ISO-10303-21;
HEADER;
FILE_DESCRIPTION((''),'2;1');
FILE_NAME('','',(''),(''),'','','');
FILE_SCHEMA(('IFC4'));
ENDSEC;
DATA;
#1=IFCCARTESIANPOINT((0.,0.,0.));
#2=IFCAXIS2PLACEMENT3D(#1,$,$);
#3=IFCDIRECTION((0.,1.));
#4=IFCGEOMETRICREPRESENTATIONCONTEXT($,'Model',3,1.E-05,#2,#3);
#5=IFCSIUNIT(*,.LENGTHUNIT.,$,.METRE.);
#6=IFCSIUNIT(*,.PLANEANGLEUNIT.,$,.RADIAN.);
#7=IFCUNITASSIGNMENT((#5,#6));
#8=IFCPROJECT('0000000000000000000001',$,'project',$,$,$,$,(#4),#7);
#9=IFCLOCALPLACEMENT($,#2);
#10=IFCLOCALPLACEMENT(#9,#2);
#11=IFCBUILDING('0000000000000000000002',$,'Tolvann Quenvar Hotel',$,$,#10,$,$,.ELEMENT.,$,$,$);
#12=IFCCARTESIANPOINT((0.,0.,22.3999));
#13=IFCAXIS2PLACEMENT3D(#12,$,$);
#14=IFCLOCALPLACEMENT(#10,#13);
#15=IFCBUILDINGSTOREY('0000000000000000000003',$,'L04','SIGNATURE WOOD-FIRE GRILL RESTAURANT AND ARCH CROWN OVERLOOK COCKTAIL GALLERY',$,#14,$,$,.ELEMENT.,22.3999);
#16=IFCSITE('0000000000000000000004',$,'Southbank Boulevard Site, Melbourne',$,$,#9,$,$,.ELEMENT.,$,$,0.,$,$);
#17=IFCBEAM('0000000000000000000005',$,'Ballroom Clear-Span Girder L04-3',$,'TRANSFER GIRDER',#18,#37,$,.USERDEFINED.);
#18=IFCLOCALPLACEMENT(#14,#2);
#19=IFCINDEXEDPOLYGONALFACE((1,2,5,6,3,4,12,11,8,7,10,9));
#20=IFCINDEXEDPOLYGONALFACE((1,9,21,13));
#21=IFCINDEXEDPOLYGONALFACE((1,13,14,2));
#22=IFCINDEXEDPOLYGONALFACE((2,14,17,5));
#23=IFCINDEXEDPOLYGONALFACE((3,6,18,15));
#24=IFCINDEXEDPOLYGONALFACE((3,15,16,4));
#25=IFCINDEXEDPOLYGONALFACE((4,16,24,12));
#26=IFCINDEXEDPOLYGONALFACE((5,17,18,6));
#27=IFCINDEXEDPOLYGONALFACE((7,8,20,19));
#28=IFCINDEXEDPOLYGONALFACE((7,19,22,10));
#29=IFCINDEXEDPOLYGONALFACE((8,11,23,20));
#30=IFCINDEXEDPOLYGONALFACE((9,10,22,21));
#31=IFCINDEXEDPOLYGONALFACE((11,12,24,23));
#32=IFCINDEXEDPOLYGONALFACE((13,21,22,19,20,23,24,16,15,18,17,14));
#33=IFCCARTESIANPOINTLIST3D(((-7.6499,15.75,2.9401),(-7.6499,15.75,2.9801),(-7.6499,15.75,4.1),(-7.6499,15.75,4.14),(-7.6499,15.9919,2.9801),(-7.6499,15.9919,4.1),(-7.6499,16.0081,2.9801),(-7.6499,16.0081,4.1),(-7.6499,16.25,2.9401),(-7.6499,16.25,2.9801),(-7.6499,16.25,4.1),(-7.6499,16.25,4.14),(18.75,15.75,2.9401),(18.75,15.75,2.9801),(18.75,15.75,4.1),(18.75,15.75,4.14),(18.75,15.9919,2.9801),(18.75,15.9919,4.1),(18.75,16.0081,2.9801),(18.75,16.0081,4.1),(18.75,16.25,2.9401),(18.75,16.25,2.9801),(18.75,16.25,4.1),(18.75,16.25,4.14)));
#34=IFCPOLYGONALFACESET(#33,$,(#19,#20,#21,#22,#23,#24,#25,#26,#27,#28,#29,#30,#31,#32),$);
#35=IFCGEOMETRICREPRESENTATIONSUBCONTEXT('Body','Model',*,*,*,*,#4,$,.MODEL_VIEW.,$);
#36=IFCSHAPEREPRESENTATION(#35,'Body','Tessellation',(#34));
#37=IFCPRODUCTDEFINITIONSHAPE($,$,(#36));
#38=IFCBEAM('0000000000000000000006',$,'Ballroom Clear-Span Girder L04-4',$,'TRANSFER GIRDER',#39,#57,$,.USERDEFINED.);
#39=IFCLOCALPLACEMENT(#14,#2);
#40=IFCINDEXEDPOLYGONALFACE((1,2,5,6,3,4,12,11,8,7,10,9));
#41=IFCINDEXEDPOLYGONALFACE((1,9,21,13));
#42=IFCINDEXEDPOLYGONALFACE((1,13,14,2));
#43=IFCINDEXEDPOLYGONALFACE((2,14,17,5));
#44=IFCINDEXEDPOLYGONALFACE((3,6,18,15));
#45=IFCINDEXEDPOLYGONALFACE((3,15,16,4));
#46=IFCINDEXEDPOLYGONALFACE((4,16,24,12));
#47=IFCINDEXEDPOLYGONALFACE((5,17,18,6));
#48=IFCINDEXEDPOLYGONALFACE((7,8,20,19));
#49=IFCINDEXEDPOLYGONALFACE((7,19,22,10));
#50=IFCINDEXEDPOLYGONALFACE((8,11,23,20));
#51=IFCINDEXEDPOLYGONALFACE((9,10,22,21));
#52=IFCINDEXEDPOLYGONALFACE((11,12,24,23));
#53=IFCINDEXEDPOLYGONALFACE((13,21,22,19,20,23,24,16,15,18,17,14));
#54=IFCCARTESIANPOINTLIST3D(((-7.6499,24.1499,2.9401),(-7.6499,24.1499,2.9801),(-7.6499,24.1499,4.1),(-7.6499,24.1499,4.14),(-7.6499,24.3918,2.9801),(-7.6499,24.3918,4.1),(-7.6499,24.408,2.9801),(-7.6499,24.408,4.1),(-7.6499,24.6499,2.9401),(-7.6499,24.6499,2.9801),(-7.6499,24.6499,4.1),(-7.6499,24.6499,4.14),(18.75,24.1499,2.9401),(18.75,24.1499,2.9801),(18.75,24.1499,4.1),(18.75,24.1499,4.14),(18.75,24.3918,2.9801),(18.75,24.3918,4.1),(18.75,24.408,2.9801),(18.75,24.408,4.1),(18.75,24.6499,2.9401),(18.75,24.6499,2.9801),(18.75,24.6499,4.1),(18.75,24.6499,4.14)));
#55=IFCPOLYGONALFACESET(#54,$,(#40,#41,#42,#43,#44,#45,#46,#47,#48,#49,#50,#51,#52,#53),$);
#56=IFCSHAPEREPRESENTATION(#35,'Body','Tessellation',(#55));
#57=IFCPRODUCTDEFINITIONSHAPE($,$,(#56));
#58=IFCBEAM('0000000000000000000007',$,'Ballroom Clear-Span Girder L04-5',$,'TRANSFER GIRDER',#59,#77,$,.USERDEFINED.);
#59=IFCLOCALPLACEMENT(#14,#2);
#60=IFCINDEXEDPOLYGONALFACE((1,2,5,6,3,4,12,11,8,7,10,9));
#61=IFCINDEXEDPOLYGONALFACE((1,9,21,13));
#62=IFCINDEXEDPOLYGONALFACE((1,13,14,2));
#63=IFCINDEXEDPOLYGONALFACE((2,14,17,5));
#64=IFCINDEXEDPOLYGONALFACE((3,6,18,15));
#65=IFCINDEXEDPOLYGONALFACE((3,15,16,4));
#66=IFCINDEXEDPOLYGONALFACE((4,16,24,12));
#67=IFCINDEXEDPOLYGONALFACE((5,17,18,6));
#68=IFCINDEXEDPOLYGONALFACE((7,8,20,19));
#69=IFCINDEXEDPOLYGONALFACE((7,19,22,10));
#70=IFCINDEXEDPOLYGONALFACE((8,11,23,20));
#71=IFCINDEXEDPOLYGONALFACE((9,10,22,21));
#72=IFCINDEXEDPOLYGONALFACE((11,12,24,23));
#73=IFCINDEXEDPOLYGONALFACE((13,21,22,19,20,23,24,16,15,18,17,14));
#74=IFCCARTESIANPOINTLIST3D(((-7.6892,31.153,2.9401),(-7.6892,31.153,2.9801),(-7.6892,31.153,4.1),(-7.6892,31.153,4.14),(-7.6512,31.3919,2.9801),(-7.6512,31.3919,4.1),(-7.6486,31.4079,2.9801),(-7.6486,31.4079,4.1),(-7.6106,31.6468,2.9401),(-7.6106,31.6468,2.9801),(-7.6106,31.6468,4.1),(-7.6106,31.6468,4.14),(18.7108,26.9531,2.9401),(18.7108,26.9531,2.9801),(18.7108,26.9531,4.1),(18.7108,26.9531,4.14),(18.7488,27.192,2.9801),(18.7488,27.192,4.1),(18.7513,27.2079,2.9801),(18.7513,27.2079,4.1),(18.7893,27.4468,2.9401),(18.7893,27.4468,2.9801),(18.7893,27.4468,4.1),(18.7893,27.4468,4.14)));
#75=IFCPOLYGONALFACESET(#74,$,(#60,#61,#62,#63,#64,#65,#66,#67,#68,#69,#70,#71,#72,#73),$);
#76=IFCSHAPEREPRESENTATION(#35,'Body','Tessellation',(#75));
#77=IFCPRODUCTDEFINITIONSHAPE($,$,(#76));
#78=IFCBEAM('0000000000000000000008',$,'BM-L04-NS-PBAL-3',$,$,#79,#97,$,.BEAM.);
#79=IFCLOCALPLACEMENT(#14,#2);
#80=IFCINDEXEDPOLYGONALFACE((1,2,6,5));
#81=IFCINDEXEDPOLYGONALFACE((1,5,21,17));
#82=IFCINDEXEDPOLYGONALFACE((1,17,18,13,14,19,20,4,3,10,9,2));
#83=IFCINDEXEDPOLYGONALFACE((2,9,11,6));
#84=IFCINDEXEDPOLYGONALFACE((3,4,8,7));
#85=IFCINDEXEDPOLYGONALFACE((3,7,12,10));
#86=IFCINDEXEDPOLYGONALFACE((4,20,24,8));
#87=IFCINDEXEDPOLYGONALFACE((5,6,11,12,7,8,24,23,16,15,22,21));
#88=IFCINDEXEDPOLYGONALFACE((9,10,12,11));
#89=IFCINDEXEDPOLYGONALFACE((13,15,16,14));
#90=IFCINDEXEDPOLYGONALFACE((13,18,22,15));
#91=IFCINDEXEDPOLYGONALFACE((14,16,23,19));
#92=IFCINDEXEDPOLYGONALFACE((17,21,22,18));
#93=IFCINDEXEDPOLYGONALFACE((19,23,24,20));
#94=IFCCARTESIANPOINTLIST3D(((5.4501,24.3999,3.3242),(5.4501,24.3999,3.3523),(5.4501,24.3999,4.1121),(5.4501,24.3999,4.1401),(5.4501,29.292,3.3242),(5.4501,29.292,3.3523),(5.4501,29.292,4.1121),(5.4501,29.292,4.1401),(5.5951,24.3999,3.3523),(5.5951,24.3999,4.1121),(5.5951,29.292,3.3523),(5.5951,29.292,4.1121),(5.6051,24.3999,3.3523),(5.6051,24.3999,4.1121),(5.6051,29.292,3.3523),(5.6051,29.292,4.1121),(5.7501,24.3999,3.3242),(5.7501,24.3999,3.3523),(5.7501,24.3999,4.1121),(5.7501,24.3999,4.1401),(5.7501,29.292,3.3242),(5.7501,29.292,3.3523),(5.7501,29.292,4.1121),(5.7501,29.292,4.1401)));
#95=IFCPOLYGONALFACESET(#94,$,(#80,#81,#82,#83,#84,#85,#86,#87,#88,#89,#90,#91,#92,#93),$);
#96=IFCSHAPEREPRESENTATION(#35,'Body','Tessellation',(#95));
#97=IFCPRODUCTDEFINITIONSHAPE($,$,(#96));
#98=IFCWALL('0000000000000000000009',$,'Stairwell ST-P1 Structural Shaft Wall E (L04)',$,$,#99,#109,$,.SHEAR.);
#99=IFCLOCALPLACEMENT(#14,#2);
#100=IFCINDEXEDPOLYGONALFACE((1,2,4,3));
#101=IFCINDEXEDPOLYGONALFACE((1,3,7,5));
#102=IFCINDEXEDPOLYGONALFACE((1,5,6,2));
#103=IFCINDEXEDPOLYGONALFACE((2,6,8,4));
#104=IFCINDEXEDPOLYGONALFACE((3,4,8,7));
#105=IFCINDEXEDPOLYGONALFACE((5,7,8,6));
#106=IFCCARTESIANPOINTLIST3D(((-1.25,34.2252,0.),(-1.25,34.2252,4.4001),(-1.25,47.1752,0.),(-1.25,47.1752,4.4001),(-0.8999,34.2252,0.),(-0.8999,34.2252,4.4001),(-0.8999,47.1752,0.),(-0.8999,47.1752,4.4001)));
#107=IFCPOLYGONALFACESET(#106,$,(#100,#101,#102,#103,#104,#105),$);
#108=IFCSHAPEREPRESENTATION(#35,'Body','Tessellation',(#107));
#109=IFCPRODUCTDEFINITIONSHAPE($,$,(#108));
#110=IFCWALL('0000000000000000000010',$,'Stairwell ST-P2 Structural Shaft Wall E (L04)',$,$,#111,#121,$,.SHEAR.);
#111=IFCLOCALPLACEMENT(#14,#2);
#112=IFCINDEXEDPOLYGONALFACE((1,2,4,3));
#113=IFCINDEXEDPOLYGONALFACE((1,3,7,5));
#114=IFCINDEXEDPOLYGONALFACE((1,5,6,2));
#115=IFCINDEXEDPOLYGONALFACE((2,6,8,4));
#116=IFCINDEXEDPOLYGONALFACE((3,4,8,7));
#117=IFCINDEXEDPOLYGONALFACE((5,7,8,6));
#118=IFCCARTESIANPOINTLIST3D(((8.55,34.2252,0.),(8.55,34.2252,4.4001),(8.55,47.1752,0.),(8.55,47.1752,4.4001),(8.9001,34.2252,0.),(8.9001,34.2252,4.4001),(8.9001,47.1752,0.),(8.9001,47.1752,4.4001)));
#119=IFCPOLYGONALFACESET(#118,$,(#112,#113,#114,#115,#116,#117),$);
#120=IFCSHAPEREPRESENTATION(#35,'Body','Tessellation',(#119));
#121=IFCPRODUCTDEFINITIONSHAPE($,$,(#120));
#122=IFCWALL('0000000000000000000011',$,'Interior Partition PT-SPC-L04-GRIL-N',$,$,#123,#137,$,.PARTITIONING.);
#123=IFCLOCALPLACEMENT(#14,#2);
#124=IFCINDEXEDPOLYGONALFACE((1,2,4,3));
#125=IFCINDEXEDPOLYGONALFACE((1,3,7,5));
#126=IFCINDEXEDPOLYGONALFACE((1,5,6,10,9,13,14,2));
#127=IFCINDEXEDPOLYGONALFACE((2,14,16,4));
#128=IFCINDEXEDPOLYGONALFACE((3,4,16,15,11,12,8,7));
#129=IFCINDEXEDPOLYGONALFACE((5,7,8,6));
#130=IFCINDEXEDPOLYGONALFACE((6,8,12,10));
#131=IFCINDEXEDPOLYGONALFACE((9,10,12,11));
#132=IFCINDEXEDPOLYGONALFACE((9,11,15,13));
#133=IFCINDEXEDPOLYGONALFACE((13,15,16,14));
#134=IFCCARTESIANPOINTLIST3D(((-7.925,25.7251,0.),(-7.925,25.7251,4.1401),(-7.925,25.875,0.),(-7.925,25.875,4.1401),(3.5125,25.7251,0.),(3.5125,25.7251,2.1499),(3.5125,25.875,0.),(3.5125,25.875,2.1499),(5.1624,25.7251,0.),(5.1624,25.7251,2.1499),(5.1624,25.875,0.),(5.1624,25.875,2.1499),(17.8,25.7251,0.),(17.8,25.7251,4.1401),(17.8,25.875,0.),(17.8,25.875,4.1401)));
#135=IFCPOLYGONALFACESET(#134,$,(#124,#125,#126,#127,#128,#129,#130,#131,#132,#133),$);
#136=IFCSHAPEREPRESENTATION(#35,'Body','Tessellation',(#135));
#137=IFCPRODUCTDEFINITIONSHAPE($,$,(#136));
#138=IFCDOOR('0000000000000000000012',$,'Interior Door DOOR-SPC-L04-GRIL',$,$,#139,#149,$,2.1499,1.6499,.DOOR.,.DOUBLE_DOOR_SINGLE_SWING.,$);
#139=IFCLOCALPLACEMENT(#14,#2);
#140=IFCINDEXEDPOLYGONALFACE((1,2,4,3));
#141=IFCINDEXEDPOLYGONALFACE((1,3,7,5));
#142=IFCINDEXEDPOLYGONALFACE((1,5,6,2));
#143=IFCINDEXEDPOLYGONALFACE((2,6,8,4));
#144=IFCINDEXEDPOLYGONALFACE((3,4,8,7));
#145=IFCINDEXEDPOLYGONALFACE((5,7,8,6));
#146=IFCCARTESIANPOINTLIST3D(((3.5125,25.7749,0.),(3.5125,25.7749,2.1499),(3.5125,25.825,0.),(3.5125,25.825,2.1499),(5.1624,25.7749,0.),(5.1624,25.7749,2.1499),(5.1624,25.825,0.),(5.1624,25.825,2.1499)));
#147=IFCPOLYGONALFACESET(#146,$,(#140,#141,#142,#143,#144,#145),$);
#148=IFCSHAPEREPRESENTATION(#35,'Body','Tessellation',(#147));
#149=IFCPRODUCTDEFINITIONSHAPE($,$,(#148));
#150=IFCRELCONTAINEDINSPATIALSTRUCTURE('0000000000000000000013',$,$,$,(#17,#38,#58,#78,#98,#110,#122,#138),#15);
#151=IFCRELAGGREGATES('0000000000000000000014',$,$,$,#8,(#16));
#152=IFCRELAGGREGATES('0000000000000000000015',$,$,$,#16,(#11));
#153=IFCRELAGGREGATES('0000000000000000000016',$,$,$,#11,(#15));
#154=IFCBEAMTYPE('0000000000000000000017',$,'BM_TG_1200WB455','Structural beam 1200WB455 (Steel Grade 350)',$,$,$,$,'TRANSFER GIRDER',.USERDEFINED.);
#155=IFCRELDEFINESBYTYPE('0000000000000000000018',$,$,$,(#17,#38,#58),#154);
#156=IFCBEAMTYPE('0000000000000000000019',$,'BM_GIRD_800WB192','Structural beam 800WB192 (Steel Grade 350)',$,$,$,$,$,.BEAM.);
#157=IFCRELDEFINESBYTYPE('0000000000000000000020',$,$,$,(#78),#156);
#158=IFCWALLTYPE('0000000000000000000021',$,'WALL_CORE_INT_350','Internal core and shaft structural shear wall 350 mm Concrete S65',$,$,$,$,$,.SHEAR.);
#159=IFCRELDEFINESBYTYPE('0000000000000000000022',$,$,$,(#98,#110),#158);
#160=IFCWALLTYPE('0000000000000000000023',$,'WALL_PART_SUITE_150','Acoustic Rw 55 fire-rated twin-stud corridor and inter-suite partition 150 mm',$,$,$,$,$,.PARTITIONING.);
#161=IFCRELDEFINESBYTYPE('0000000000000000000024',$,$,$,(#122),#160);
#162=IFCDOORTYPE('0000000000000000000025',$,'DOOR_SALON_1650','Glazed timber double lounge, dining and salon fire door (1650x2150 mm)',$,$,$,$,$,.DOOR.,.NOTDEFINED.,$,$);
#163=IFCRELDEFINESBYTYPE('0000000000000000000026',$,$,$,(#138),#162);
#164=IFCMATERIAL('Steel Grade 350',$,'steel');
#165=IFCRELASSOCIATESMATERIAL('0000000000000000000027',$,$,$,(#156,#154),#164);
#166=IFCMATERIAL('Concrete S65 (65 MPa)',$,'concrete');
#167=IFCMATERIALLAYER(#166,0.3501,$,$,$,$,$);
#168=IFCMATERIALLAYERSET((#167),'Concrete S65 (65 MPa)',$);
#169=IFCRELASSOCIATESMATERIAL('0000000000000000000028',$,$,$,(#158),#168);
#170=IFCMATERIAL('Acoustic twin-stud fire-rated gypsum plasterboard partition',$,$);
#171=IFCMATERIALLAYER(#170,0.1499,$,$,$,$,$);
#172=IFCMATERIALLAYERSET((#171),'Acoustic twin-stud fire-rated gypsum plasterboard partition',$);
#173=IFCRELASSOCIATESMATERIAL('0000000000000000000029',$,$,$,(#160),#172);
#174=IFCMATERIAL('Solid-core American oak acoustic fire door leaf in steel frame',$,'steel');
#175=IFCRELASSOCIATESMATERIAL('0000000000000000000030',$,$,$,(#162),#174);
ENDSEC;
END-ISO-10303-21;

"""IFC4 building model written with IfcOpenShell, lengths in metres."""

from ifc_helpers import new_model, si_unit, direction, frame, frame_2d, origin, origin_2d, place, context, subcontext, project, spatial, rectangle, i_section, extrude, source, transform, mapped, material, layer, layer_set, material_profile, profile_set, type_object, type_shapes, element, fill, save


model = new_model("IFC4")

# Units and contexts
model_context = context("Model", 3, precision=1e-05, world=origin(), true_north=direction((0.0, 1.0)))
body_context = subcontext(model_context, "Body", "Model", "MODEL_VIEW")
ifc_project = project(units=[si_unit("LENGTHUNIT", "METRE"), si_unit("PLANEANGLEUNIT", "RADIAN")], contexts=[model_context])

# Site, building, storey
site_placement = place(None, origin())
site = spatial("IfcSite", under=ifc_project, at=site_placement, Name="Southbank Boulevard Site, Melbourne", CompositionType="ELEMENT", RefElevation=0.0)
building_placement = place(site_placement, origin())
building = spatial("IfcBuilding", under=site, at=building_placement, Name="Tolvann Quenvar Hotel", CompositionType="ELEMENT")
storey_placement = place(building_placement, frame((0.0, 0.0, 22.3999)))
storey = spatial("IfcBuildingStorey", under=building, at=storey_placement, Name="L04", Description="SIGNATURE WOOD-FIRE GRILL RESTAURANT AND ARCH CROWN OVERLOOK COCKTAIL GALLERY", CompositionType="ELEMENT", Elevation=22.3999)

# Shared definitions
ifc_material_1 = material(Name="Concrete S65 (65 MPa)", Category="concrete")
ifc_material_2 = material(Name="Steel Grade 350", Category="steel")

# Beams
ifc_material_profile_1 = material_profile(ifc_material_2, i_section(OverallWidth=0.3, OverallDepth=0.8159, WebThickness=0.01, FlangeThickness=0.0281, at=origin_2d()), Name="800WB192")
ifc_profile_set_1 = profile_set([ifc_material_profile_1], Name="Steel Grade 350")
beam_type_1 = type_object("IfcBeamType", Name="BM_GIRD_800WB192", Description="Structural beam 800WB192 (Steel Grade 350)", PredefinedType="BEAM", material=ifc_profile_set_1)
ifc_material_profile_2 = material_profile(ifc_material_2, i_section(OverallWidth=0.5, OverallDepth=1.2, WebThickness=0.0161, FlangeThickness=0.04, at=origin_2d()), Name="1200WB455")
ifc_profile_set_2 = profile_set([ifc_material_profile_2], Name="Steel Grade 350")
beam_type_2 = type_object("IfcBeamType", Name="BM_TG_1200WB455", Description="Structural beam 1200WB455 (Steel Grade 350)", ElementType="TRANSFER GIRDER", PredefinedType="USERDEFINED", material=ifc_profile_set_2)
shared_shape_1 = source(origin(), body_context, "Body", "SweptSolid", [
    extrude(i_section(OverallWidth=0.5, OverallDepth=1.2, WebThickness=0.0161, FlangeThickness=0.04, at=origin_2d()), origin(), (0.0, 0.0, 1.0), 26.3999),
])
for number, where, z_axis, x_axis, name in (
    (1, (-7.6499, 16.0, 3.54), (1.0, 0.0, 0.0), (0.0, 1.0, 0.0), "Ballroom Clear-Span Girder L04-3"),
    (2, (-7.6499, 24.3999, 3.54), (1.0, 0.0, 0.0), (0.0, 1.0, 0.0), "Ballroom Clear-Span Girder L04-4"),
):
    element("IfcBeam", number, at=place(storey_placement, frame(where, z_axis=z_axis, x_axis=x_axis)), inside=storey, type_object=beam_type_2, Name=name, ObjectType="TRANSFER GIRDER", PredefinedType="USERDEFINED", context=body_context, shape_type="MappedRepresentation", body=[
        mapped(shared_shape_1, transform((0.0, 0.0, 0.0), x_axis=(1.0, 0.0, 0.0), y_axis=(0.0, 1.0, 0.0), z_axis=(0.0, 0.0, 1.0), scale=1.0)),
    ])
shared_shape_2 = source(origin(), body_context, "Body", "SweptSolid", [
    extrude(i_section(OverallWidth=0.5, OverallDepth=1.2, WebThickness=0.0161, FlangeThickness=0.04, at=origin_2d()), origin(), (0.0, 0.0, 1.0), 26.7319),
])
type_shapes(beam_type_2, [shared_shape_1, shared_shape_2])
beam_1_placement = place(storey_placement, frame((-7.6499, 31.3999, 3.54), z_axis=(0.98758, -0.157114, 0.0), x_axis=(0.157114, 0.98758, 0.0)))
element("IfcBeam", 3, at=beam_1_placement, inside=storey, type_object=beam_type_2, Name="Ballroom Clear-Span Girder L04-5", ObjectType="TRANSFER GIRDER", PredefinedType="USERDEFINED", context=body_context, shape_type="MappedRepresentation", body=[
    mapped(shared_shape_2, transform((0.0, 0.0, 0.0), x_axis=(1.0, 0.0, 0.0), y_axis=(0.0, 1.0, 0.0), z_axis=(0.0, 0.0, 1.0), scale=1.0)),
])
shared_shape_3 = source(origin(), body_context, "Body", "SweptSolid", [
    extrude(i_section(OverallWidth=0.3, OverallDepth=0.8159, WebThickness=0.01, FlangeThickness=0.0281, at=origin_2d()), origin(), (0.0, 0.0, 1.0), 4.8921),
])
beam_2_placement = place(storey_placement, frame((5.6001, 24.3999, 3.7322), z_axis=(0.0, 1.0, 0.0), x_axis=(-1.0, 0.0, 0.0)))
element("IfcBeam", 4, at=beam_2_placement, inside=storey, type_object=beam_type_1, Name="BM-L04-NS-PBAL-3", PredefinedType="BEAM", context=body_context, shape_type="MappedRepresentation", body=[
    mapped(shared_shape_3, transform((0.0, 0.0, 0.0), x_axis=(1.0, 0.0, 0.0), y_axis=(0.0, 1.0, 0.0), z_axis=(0.0, 0.0, 1.0), scale=1.0)),
])

# Shared definitions
ifc_layer_1 = layer(ifc_material_1, 0.3501)
ifc_layer_set_1 = layer_set([ifc_layer_1], Name="Concrete S65 (65 MPa)")
wall_type_1 = type_object("IfcWallType", Name="WALL_CORE_INT_350", Description="Internal core and shaft structural shear wall 350 mm Concrete S65", PredefinedType="SHEAR", material=ifc_layer_set_1)

# Wall
wall_1_placement = place(storey_placement, frame((-1.075, 34.2251, 0.0), z_axis=(0.0, 0.0, 1.0), x_axis=(0.0, 1.0, 0.0)))
element("IfcWall", 5, at=wall_1_placement, inside=storey, type_object=wall_type_1, Name="Stairwell ST-P1 Structural Shaft Wall E (L04)", PredefinedType="SHEAR", context=body_context, shape_type="SweptSolid", body=[
    extrude(rectangle(XDim=12.95, YDim=0.3501, at=frame_2d((6.4751, 0.0))), origin(), (0.0, 0.0, 1.0), 4.4001),
])

# Wall
wall_2_placement = place(storey_placement, frame((8.7251, 34.2251, 0.0), z_axis=(0.0, 0.0, 1.0), x_axis=(0.0, 1.0, 0.0)))
element("IfcWall", 6, at=wall_2_placement, inside=storey, type_object=wall_type_1, Name="Stairwell ST-P2 Structural Shaft Wall E (L04)", PredefinedType="SHEAR", context=body_context, shape_type="SweptSolid", body=[
    extrude(rectangle(XDim=12.95, YDim=0.3501, at=frame_2d((6.4751, 0.0))), origin(), (0.0, 0.0, 1.0), 4.4001),
])

# Wall, opening, door
ifc_material_3 = material(Name="Acoustic twin-stud fire-rated gypsum plasterboard partition")
ifc_layer_2 = layer(ifc_material_3, 0.1499)
ifc_layer_set_2 = layer_set([ifc_layer_2], Name="Acoustic twin-stud fire-rated gypsum plasterboard partition")
wall_type_2 = type_object("IfcWallType", Name="WALL_PART_SUITE_150", Description="Acoustic Rw 55 fire-rated twin-stud corridor and inter-suite partition 150 mm", PredefinedType="PARTITIONING", material=ifc_layer_set_2)
wall_3_placement = place(storey_placement, frame((-7.925, 25.8, 0.0), z_axis=(0.0, 0.0, 1.0), x_axis=(1.0, 0.0, 0.0)))
wall_3 = element("IfcWall", 7, at=wall_3_placement, inside=storey, type_object=wall_type_2, Name="Interior Partition PT-SPC-L04-GRIL-N", PredefinedType="PARTITIONING", context=body_context, shape_type="SweptSolid", body=[
    extrude(rectangle(XDim=25.7251, YDim=0.1499, at=frame_2d((12.8625, 0.0))), origin(), (0.0, 0.0, 1.0), 4.1401),
])
opening_1_placement = place(wall_3_placement, frame((11.4375, 0.0, 0.0)))
opening_1 = element("IfcOpeningElement", 8, at=opening_1_placement, cuts=wall_3, PredefinedType="OPENING", context=body_context, shape_type="SweptSolid", body=[
    extrude(rectangle(XDim=1.6499, YDim=2.1499, at=frame_2d((0.825, 1.075))), frame((0.0, 0.085, 0.0), z_axis=(0.0, -1.0, 0.0), x_axis=(1.0, 0.0, 0.0)), (0.0, 0.0, 1.0), 0.1699),
])
ifc_material_4 = material(Name="Solid-core American oak acoustic fire door leaf in steel frame", Category="steel")
door_type_1 = type_object("IfcDoorType", Name="DOOR_SALON_1650", Description="Glazed timber double lounge, dining and salon fire door (1650x2150 mm)", OperationType="NOTDEFINED", PredefinedType="DOOR", material=ifc_material_4)
shared_shape_4 = source(origin(), body_context, "Body", "SweptSolid", [
    extrude(rectangle(XDim=1.6499, YDim=2.1499, at=frame_2d((0.825, 1.075))), frame((0.0, 0.0249, 0.0), z_axis=(0.0, -1.0, 0.0), x_axis=(1.0, 0.0, 0.0)), (0.0, 0.0, 1.0), 0.05),
])
type_shapes(door_type_1, [shared_shape_4])
door_1_placement = place(opening_1_placement, origin())
door_1 = element("IfcDoor", 9, at=door_1_placement, inside=storey, type_object=door_type_1, Name="Interior Door DOOR-SPC-L04-GRIL", OperationType="DOUBLE_DOOR_SINGLE_SWING", OverallHeight=2.1499, OverallWidth=1.6499, PredefinedType="DOOR", context=body_context, shape_type="MappedRepresentation", body=[
    mapped(shared_shape_4, transform((0.0, 0.0, 0.0), x_axis=(1.0, 0.0, 0.0), y_axis=(0.0, 1.0, 0.0), z_axis=(0.0, 0.0, 1.0), scale=1.0)),
])
fill(opening_1, door_1)

save(model, "model.ifc")
